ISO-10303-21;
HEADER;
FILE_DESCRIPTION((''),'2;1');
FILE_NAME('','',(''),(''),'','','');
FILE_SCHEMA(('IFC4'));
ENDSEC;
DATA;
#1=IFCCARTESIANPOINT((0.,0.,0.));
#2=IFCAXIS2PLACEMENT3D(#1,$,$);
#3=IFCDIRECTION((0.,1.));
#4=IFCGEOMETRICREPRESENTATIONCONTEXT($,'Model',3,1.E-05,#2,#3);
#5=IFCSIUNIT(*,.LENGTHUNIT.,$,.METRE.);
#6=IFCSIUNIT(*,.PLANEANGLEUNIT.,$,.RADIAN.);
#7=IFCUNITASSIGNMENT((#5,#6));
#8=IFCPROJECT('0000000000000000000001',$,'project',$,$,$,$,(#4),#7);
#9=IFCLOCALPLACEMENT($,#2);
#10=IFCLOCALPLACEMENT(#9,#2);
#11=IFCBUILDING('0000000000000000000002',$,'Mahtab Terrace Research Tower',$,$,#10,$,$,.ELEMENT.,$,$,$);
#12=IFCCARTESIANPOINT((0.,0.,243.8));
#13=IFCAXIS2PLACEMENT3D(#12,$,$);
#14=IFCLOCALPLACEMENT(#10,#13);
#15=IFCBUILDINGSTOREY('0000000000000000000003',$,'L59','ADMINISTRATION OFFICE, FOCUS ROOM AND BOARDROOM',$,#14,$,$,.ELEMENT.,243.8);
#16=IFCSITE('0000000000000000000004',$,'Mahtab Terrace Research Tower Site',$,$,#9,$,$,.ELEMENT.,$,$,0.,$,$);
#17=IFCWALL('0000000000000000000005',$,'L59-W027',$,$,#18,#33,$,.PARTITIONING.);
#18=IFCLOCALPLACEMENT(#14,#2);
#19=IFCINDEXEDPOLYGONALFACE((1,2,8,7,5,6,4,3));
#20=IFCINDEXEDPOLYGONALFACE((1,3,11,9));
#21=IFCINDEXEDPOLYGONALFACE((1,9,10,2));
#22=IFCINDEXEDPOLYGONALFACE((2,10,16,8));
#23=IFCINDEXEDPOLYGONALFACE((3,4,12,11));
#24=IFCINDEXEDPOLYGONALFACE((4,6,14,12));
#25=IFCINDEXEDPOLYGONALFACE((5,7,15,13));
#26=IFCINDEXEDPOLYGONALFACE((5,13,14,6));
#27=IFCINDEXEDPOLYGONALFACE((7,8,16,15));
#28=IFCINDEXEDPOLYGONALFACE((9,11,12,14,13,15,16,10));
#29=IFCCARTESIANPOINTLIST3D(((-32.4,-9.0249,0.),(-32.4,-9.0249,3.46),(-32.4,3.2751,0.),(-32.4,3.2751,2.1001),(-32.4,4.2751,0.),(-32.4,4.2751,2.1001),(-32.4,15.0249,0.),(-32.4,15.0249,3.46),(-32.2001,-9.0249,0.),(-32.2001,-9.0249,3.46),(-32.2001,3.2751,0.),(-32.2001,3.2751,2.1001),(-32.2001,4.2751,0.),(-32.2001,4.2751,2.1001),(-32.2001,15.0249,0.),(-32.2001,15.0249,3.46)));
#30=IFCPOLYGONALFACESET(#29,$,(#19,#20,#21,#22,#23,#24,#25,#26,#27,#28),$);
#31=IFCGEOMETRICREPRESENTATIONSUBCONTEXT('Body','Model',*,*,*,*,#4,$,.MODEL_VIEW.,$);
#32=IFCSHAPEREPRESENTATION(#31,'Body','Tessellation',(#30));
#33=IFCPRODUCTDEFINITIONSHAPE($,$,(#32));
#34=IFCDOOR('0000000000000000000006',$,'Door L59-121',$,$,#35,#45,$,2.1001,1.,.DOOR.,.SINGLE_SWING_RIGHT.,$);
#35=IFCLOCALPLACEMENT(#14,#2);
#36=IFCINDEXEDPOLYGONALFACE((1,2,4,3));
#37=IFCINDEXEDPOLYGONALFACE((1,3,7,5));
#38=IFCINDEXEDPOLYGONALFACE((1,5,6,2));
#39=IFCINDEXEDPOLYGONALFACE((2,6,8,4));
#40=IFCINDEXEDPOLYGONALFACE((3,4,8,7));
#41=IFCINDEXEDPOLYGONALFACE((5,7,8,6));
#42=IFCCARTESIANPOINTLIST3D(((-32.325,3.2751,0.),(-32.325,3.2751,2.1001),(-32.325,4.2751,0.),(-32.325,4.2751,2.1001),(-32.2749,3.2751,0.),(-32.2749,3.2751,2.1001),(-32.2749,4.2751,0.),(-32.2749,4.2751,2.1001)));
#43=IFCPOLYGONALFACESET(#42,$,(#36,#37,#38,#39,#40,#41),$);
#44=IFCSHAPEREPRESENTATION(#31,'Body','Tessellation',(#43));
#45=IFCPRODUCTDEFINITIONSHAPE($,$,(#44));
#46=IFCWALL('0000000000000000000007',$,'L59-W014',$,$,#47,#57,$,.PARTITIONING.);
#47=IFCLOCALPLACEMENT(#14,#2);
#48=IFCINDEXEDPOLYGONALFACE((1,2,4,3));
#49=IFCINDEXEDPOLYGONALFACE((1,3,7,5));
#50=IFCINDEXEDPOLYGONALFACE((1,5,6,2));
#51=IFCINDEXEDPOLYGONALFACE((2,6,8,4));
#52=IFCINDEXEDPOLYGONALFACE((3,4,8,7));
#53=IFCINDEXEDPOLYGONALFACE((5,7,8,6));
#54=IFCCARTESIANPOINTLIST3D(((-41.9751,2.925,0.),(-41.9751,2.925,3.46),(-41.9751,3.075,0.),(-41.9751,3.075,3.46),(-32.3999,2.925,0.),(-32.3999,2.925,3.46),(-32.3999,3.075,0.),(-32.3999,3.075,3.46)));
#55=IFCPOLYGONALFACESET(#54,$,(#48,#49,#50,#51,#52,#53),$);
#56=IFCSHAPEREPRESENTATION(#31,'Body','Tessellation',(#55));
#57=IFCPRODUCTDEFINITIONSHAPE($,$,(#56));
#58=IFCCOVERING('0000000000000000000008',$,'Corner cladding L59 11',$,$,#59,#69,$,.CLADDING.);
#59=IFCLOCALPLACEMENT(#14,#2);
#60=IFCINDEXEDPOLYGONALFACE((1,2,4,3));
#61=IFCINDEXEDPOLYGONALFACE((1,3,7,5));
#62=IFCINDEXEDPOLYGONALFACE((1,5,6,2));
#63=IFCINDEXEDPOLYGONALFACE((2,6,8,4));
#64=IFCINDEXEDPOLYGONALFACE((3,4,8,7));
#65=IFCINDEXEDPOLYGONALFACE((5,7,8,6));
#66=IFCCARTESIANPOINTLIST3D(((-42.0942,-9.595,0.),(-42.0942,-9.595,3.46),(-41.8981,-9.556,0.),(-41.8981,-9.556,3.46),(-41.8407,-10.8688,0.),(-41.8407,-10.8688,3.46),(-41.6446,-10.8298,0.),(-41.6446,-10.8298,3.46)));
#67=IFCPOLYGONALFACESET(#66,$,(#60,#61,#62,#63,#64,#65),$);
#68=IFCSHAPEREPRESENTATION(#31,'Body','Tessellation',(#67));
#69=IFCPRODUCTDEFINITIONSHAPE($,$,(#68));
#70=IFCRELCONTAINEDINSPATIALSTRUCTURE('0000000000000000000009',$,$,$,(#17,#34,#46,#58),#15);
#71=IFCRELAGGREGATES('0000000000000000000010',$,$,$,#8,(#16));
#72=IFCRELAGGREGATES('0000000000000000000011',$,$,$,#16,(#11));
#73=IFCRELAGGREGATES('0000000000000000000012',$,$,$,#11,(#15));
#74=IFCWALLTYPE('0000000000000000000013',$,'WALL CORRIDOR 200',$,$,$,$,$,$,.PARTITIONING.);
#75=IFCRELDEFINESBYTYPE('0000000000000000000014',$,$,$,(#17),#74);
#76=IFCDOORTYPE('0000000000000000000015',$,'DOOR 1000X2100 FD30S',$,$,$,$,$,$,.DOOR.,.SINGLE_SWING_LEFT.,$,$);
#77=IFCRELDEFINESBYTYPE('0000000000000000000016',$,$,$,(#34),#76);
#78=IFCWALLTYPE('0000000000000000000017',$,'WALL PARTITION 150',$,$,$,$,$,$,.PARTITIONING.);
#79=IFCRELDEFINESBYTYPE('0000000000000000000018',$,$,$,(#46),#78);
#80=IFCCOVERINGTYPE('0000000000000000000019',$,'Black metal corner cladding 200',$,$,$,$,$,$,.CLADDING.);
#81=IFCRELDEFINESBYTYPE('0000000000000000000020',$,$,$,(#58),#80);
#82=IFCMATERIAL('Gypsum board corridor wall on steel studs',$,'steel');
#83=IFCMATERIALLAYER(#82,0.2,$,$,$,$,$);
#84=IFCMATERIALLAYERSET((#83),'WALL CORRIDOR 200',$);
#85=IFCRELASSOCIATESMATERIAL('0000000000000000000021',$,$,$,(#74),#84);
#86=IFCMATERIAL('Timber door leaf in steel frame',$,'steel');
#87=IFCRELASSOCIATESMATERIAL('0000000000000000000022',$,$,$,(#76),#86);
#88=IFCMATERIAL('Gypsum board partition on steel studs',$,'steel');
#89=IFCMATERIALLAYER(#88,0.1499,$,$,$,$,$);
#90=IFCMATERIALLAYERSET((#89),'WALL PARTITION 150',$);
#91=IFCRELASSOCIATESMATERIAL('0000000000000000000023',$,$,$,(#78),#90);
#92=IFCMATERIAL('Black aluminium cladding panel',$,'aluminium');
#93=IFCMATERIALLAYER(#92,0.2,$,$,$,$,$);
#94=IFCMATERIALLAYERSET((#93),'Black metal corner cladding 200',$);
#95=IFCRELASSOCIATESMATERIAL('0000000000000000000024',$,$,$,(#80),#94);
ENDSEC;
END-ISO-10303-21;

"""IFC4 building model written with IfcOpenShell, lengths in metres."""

from ifc_helpers import new_model, si_unit, direction, frame, frame_2d, origin, origin_2d, place, context, subcontext, project, spatial, rectangle, extrude, material, layer, layer_set, type_object, element, fill, save


model = new_model("IFC4")

# Units and contexts
model_context = context("Model", 3, precision=1e-05, world=origin(), true_north=direction((0.0, 1.0)))
body_context = subcontext(model_context, "Body", "Model", "MODEL_VIEW")
ifc_project = project(units=[si_unit("LENGTHUNIT", "METRE"), si_unit("PLANEANGLEUNIT", "RADIAN")], contexts=[model_context])

# Site, building, storey
site_placement = place(None, origin())
site = spatial("IfcSite", under=ifc_project, at=site_placement, Name="Mahtab Terrace Research Tower Site", CompositionType="ELEMENT", RefElevation=0.0)
building_placement = place(site_placement, origin())
building = spatial("IfcBuilding", under=site, at=building_placement, Name="Mahtab Terrace Research Tower", CompositionType="ELEMENT")
storey_placement = place(building_placement, frame((0.0, 0.0, 243.8)))
storey = spatial("IfcBuildingStorey", under=building, at=storey_placement, Name="L59", Description="ADMINISTRATION OFFICE, FOCUS ROOM AND BOARDROOM", CompositionType="ELEMENT", Elevation=243.8)

# Wall, opening, door
ifc_material_1 = material(Name="Gypsum board corridor wall on steel studs", Category="steel")
ifc_layer_1 = layer(ifc_material_1, 0.2)
ifc_layer_set_1 = layer_set([ifc_layer_1], Name="WALL CORRIDOR 200")
wall_type_1 = type_object("IfcWallType", Name="WALL CORRIDOR 200", PredefinedType="PARTITIONING", material=ifc_layer_set_1)
ifc_material_2 = material(Name="Timber door leaf in steel frame", Category="steel")
door_type_1 = type_object("IfcDoorType", Name="DOOR 1000X2100 FD30S", OperationType="SINGLE_SWING_LEFT", PredefinedType="DOOR", material=ifc_material_2)
wall_1_placement = place(storey_placement, frame((-32.3, -9.0249, 0.0), z_axis=(0.0, 0.0, 1.0), x_axis=(0.0, 1.0, 0.0)))
wall_1 = element("IfcWall", 1, at=wall_1_placement, inside=storey, type_object=wall_type_1, Name="L59-W027", PredefinedType="PARTITIONING", context=body_context, shape_type="SweptSolid", body=[
    extrude(rectangle(XDim=24.0498, YDim=0.2, at=frame_2d((12.0249, 0.0))), origin(), (0.0, 0.0, 1.0), 3.46),
])
opening_1_placement = place(wall_1_placement, frame((12.3, 0.0, 0.0)))
opening_1 = element("IfcOpeningElement", 2, at=opening_1_placement, cuts=wall_1, PredefinedType="OPENING", context=body_context, shape_type="SweptSolid", body=[
    extrude(rectangle(XDim=1.0, YDim=2.1001, at=frame_2d((0.5, 1.05))), frame((0.0, 0.1099, 0.0), z_axis=(0.0, -1.0, 0.0), x_axis=(1.0, 0.0, 0.0)), (0.0, 0.0, 1.0), 0.22),
])
door_1_placement = place(opening_1_placement, origin())
door_1 = element("IfcDoor", 3, at=door_1_placement, inside=storey, type_object=door_type_1, Name="Door L59-121", OperationType="SINGLE_SWING_RIGHT", OverallHeight=2.1001, OverallWidth=1.0, PredefinedType="DOOR", context=body_context, shape_type="SweptSolid", body=[
    extrude(rectangle(XDim=1.0, YDim=2.1001, at=frame_2d((0.5, 1.05))), frame((0.0, 0.0249, 0.0), z_axis=(0.0, -1.0, 0.0), x_axis=(1.0, 0.0, 0.0)), (0.0, 0.0, 1.0), 0.05),
])
fill(opening_1, door_1)

# Wall
ifc_material_3 = material(Name="Gypsum board partition on steel studs", Category="steel")
ifc_layer_2 = layer(ifc_material_3, 0.1499)
ifc_layer_set_2 = layer_set([ifc_layer_2], Name="WALL PARTITION 150")
wall_type_2 = type_object("IfcWallType", Name="WALL PARTITION 150", PredefinedType="PARTITIONING", material=ifc_layer_set_2)
wall_2_placement = place(storey_placement, frame((-41.9751, 3.0, 0.0), z_axis=(0.0, 0.0, 1.0), x_axis=(1.0, 0.0, 0.0)))
element("IfcWall", 4, at=wall_2_placement, inside=storey, type_object=wall_type_2, Name="L59-W014", PredefinedType="PARTITIONING", context=body_context, shape_type="SweptSolid", body=[
    extrude(rectangle(XDim=9.5752, YDim=0.1499, at=frame_2d((4.7876, 0.0))), origin(), (0.0, 0.0, 1.0), 3.46),
])

# Covering
ifc_material_4 = material(Name="Black aluminium cladding panel", Category="aluminium")
ifc_layer_3 = layer(ifc_material_4, 0.2)
ifc_layer_set_3 = layer_set([ifc_layer_3], Name="Black metal corner cladding 200")
covering_type = type_object("IfcCoveringType", Name="Black metal corner cladding 200", PredefinedType="CLADDING", material=ifc_layer_set_3)
covering_placement = place(storey_placement, frame((-41.8694, -10.2124, 0.0), z_axis=(0.0, 0.0, 1.0), x_axis=(0.195212, -0.980761, 0.0)))
element("IfcCovering", 5, at=covering_placement, inside=storey, type_object=covering_type, Name="Corner cladding L59 11", PredefinedType="CLADDING", context=body_context, shape_type="SweptSolid", body=[
    extrude(rectangle(XDim=1.2988, YDim=0.2, at=origin_2d()), origin(), (0.0, 0.0, 1.0), 3.46),
])

save(model, "model.ifc")
